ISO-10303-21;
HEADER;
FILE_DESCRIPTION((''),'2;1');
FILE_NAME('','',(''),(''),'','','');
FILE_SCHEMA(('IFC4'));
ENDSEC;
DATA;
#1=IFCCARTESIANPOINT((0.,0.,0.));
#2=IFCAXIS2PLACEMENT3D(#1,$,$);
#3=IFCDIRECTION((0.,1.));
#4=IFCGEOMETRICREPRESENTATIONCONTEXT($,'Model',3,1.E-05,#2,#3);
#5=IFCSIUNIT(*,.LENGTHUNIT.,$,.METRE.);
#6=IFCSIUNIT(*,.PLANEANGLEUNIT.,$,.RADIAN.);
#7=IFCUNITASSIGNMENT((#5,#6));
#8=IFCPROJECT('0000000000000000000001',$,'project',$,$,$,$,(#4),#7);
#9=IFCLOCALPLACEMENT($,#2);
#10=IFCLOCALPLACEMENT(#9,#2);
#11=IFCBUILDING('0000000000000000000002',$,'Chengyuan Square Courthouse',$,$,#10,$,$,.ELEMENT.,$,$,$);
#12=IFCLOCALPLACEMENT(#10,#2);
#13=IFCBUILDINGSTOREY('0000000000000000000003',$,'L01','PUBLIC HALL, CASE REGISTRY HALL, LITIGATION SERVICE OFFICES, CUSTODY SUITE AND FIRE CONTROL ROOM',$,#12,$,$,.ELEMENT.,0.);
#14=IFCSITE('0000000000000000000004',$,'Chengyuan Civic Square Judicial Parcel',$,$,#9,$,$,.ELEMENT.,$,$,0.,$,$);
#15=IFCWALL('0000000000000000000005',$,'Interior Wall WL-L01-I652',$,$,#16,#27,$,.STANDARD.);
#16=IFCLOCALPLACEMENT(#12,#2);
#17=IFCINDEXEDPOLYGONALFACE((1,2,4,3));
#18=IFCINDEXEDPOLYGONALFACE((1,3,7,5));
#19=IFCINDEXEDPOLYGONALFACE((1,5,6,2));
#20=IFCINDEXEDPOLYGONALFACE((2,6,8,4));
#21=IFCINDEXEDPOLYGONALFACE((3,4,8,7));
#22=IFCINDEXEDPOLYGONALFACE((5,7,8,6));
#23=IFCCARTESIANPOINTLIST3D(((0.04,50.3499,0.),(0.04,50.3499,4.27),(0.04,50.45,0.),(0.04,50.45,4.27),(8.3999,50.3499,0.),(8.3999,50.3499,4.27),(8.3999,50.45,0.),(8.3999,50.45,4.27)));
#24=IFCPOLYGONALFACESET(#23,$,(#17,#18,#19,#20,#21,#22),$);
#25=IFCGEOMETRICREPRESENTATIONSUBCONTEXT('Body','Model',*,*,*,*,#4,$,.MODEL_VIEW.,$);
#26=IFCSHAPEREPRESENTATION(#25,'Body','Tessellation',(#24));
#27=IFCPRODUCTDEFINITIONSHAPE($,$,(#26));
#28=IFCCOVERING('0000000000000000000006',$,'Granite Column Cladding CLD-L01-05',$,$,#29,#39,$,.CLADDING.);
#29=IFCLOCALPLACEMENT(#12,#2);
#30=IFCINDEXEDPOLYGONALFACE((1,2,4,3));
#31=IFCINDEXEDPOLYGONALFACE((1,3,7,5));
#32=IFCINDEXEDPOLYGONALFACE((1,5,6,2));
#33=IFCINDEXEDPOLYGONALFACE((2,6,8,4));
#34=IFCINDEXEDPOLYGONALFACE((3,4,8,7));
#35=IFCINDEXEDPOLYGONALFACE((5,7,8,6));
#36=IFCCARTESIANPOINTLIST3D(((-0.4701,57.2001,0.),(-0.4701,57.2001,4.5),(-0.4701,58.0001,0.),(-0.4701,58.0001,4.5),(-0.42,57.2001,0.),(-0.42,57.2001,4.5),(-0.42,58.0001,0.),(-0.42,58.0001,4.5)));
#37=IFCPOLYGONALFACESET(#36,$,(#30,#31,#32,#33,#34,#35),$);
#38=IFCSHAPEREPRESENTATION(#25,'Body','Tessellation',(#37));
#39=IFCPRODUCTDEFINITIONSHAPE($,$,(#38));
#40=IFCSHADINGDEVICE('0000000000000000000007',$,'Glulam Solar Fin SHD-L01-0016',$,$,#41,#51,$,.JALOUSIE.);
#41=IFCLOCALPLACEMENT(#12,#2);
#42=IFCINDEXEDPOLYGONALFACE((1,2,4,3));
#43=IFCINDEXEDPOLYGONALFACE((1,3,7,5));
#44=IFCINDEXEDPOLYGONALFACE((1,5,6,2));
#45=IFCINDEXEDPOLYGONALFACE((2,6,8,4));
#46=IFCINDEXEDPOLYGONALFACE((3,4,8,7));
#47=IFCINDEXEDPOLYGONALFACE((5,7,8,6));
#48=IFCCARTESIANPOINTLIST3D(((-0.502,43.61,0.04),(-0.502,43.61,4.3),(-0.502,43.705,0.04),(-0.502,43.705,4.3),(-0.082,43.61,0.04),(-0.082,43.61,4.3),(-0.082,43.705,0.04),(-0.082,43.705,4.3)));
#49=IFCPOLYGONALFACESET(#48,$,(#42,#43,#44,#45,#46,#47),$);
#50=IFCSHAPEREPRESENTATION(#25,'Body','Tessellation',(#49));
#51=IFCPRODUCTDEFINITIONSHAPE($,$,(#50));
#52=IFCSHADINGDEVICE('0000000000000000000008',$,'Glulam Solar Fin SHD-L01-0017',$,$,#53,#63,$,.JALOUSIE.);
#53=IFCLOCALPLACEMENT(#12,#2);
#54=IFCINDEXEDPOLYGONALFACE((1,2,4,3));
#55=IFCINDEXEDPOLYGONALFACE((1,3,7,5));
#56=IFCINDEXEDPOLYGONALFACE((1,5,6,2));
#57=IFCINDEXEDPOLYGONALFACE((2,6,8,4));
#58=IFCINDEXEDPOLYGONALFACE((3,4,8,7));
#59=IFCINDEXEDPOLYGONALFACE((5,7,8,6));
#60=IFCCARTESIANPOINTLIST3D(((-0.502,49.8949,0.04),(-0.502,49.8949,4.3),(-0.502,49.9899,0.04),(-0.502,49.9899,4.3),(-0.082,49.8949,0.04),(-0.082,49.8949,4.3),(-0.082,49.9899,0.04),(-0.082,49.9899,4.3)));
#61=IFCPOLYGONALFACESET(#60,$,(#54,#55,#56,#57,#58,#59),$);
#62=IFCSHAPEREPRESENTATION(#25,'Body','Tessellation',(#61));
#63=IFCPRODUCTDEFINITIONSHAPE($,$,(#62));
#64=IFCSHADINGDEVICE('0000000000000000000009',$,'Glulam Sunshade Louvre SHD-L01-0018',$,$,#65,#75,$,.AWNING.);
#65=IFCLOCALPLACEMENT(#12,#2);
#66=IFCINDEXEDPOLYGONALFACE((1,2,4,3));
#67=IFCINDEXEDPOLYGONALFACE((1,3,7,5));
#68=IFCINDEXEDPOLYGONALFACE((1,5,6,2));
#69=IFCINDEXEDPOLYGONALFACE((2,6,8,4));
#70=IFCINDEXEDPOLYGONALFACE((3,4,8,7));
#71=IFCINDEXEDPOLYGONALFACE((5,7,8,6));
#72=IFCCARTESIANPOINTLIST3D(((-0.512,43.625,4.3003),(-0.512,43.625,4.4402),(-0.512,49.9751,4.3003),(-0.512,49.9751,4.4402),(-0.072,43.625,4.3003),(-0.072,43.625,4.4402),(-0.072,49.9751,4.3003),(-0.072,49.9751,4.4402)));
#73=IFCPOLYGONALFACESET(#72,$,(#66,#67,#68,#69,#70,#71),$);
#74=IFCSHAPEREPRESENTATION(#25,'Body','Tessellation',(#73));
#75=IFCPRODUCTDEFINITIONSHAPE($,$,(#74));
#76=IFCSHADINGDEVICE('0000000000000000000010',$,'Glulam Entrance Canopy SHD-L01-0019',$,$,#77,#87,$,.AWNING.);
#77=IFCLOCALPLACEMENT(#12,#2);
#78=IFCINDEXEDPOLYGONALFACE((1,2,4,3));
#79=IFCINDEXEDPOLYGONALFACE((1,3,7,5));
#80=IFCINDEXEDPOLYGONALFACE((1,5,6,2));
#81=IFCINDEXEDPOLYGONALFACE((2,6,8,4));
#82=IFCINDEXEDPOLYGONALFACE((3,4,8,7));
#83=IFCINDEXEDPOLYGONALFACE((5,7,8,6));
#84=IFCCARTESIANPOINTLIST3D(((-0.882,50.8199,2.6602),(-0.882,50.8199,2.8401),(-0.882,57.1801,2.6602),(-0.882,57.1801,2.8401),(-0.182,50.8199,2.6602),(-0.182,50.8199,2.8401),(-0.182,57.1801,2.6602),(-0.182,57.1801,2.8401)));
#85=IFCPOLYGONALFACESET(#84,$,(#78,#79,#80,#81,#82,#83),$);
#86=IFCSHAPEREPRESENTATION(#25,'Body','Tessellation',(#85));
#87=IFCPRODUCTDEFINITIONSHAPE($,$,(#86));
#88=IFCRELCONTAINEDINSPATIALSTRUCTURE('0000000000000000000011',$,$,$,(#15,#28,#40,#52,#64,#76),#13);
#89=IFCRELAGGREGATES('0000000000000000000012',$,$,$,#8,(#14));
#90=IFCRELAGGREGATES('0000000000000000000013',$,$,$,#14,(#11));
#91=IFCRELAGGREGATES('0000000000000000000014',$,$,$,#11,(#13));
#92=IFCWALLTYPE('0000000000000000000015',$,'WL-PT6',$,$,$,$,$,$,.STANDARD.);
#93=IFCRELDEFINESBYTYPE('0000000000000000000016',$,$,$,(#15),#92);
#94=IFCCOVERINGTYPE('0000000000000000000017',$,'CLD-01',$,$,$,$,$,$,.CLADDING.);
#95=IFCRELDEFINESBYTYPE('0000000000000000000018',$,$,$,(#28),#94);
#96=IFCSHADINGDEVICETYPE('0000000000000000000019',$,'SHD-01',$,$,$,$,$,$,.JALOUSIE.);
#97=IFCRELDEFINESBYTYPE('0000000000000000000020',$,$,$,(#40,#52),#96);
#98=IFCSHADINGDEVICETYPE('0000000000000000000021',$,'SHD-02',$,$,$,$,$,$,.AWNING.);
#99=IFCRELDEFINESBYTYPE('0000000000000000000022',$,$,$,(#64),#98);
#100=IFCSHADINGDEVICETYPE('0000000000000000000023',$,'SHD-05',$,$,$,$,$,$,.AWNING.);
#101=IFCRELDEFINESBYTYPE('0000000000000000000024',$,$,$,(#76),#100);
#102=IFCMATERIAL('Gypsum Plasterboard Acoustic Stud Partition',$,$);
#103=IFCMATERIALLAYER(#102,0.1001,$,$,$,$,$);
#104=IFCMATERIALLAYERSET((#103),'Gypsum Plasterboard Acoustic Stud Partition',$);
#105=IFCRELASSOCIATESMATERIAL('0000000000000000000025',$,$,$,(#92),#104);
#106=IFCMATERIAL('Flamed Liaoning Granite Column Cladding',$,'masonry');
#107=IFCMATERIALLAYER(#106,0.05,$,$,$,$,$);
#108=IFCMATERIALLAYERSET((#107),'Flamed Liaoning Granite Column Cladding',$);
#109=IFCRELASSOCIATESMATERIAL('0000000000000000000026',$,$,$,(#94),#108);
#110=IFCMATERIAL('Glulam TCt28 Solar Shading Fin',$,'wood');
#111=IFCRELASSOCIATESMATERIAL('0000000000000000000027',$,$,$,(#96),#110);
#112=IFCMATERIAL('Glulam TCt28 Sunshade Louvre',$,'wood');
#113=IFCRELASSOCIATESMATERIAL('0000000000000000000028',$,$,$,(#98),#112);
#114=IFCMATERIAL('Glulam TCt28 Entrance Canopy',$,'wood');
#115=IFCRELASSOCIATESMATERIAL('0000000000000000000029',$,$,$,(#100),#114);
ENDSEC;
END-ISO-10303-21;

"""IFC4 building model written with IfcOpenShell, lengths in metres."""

from ifc_helpers import new_model, si_unit, direction, frame, frame_2d, origin, origin_2d, place, context, subcontext, project, spatial, rectangle, extrude, material, layer, layer_set, type_object, element, save


model = new_model("IFC4")

# Units and contexts
model_context = context("Model", 3, precision=1e-05, world=origin(), true_north=direction((0.0, 1.0)))
body_context = subcontext(model_context, "Body", "Model", "MODEL_VIEW")
ifc_project = project(units=[si_unit("LENGTHUNIT", "METRE"), si_unit("PLANEANGLEUNIT", "RADIAN")], contexts=[model_context])

# Site, building, storey
site_placement = place(None, origin())
site = spatial("IfcSite", under=ifc_project, at=site_placement, Name="Chengyuan Civic Square Judicial Parcel", CompositionType="ELEMENT", RefElevation=0.0)
building_placement = place(site_placement, origin())
building = spatial("IfcBuilding", under=site, at=building_placement, Name="Chengyuan Square Courthouse", CompositionType="ELEMENT")
storey_placement = place(building_placement, origin())
storey = spatial("IfcBuildingStorey", under=building, at=storey_placement, Name="L01", Description="PUBLIC HALL, CASE REGISTRY HALL, LITIGATION SERVICE OFFICES, CUSTODY SUITE AND FIRE CONTROL ROOM", CompositionType="ELEMENT", Elevation=0.0)

# Shared definitions
ifc_material_1 = material(Name="Gypsum Plasterboard Acoustic Stud Partition")
ifc_layer_1 = layer(ifc_material_1, 0.1001)
ifc_layer_set_1 = layer_set([ifc_layer_1], Name="Gypsum Plasterboard Acoustic Stud Partition")
wall_type_1 = type_object("IfcWallType", Name="WL-PT6", PredefinedType="STANDARD", material=ifc_layer_set_1)

# Wall
wall_1_placement = place(storey_placement, frame((0.04, 50.3999, 0.0), z_axis=(0.0, 0.0, 1.0), x_axis=(1.0, 0.0, 0.0)))
element("IfcWall", 1, at=wall_1_placement, inside=storey, type_object=wall_type_1, Name="Interior Wall WL-L01-I652", PredefinedType="STANDARD", context=body_context, shape_type="SweptSolid", body=[
    extrude(rectangle(XDim=8.3599, YDim=0.1001, at=frame_2d((4.1799, 0.0))), origin(), (0.0, 0.0, 1.0), 4.27),
])

# Covering
ifc_material_2 = material(Name="Flamed Liaoning Granite Column Cladding", Category="masonry")
ifc_layer_2 = layer(ifc_material_2, 0.05)
ifc_layer_set_2 = layer_set([ifc_layer_2], Name="Flamed Liaoning Granite Column Cladding")
covering_type = type_object("IfcCoveringType", Name="CLD-01", PredefinedType="CLADDING", material=ifc_layer_set_2)
covering_placement = place(storey_placement, frame((-0.4451, 57.6001, 0.0), z_axis=(0.0, 0.0, 1.0), x_axis=(1.0, 0.0, 0.0)))
element("IfcCovering", 2, at=covering_placement, inside=storey, type_object=covering_type, Name="Granite Column Cladding CLD-L01-05", PredefinedType="CLADDING", context=body_context, shape_type="SweptSolid", body=[
    extrude(rectangle(XDim=0.05, YDim=0.8, at=origin_2d()), origin(), (0.0, 0.0, 1.0), 4.5),
])

# Shading devices
ifc_material_3 = material(Name="Glulam TCt28 Solar Shading Fin", Category="wood")
shading_device_type_1 = type_object("IfcShadingDeviceType", Name="SHD-01", PredefinedType="JALOUSIE", material=ifc_material_3)
for number, where, z_axis, x_axis, name in (
    (3, (-0.292, 43.6575, 0.04), (0.0, 0.0, 1.0), (1.0, 0.0, 0.0), "Glulam Solar Fin SHD-L01-0016"),
    (4, (-0.292, 49.9424, 0.04), (0.0, 0.0, 1.0), (1.0, 0.0, 0.0), "Glulam Solar Fin SHD-L01-0017"),
):
    element("IfcShadingDevice", number, at=place(storey_placement, frame(where, z_axis=z_axis, x_axis=x_axis)), inside=storey, type_object=shading_device_type_1, Name=name, PredefinedType="JALOUSIE", context=body_context, shape_type="SweptSolid", body=[
        extrude(rectangle(XDim=0.4199, YDim=0.095, at=origin_2d()), origin(), (0.0, 0.0, 1.0), 4.26),
    ])
ifc_material_4 = material(Name="Glulam TCt28 Sunshade Louvre", Category="wood")
shading_device_type_2 = type_object("IfcShadingDeviceType", Name="SHD-02", PredefinedType="AWNING", material=ifc_material_4)
shading_device_1_placement = place(storey_placement, frame((-0.292, 46.8, 4.3003), z_axis=(0.0, 0.0, 1.0), x_axis=(0.0, 1.0, 0.0)))
element("IfcShadingDevice", 5, at=shading_device_1_placement, inside=storey, type_object=shading_device_type_2, Name="Glulam Sunshade Louvre SHD-L01-0018", PredefinedType="AWNING", context=body_context, shape_type="SweptSolid", body=[
    extrude(rectangle(XDim=6.3501, YDim=0.4399, at=origin_2d()), origin(), (0.0, 0.0, 1.0), 0.1399),
])
ifc_material_5 = material(Name="Glulam TCt28 Entrance Canopy", Category="wood")
shading_device_type_3 = type_object("IfcShadingDeviceType", Name="SHD-05", PredefinedType="AWNING", material=ifc_material_5)
shading_device_2_placement = place(storey_placement, frame((-0.532, 54.0, 2.6602), z_axis=(0.0, 0.0, 1.0), x_axis=(0.0, 1.0, 0.0)))
element("IfcShadingDevice", 6, at=shading_device_2_placement, inside=storey, type_object=shading_device_type_3, Name="Glulam Entrance Canopy SHD-L01-0019", PredefinedType="AWNING", context=body_context, shape_type="SweptSolid", body=[
    extrude(rectangle(XDim=6.3601, YDim=0.7, at=origin_2d()), origin(), (0.0, 0.0, 1.0), 0.1799),
])

save(model, "model.ifc")
